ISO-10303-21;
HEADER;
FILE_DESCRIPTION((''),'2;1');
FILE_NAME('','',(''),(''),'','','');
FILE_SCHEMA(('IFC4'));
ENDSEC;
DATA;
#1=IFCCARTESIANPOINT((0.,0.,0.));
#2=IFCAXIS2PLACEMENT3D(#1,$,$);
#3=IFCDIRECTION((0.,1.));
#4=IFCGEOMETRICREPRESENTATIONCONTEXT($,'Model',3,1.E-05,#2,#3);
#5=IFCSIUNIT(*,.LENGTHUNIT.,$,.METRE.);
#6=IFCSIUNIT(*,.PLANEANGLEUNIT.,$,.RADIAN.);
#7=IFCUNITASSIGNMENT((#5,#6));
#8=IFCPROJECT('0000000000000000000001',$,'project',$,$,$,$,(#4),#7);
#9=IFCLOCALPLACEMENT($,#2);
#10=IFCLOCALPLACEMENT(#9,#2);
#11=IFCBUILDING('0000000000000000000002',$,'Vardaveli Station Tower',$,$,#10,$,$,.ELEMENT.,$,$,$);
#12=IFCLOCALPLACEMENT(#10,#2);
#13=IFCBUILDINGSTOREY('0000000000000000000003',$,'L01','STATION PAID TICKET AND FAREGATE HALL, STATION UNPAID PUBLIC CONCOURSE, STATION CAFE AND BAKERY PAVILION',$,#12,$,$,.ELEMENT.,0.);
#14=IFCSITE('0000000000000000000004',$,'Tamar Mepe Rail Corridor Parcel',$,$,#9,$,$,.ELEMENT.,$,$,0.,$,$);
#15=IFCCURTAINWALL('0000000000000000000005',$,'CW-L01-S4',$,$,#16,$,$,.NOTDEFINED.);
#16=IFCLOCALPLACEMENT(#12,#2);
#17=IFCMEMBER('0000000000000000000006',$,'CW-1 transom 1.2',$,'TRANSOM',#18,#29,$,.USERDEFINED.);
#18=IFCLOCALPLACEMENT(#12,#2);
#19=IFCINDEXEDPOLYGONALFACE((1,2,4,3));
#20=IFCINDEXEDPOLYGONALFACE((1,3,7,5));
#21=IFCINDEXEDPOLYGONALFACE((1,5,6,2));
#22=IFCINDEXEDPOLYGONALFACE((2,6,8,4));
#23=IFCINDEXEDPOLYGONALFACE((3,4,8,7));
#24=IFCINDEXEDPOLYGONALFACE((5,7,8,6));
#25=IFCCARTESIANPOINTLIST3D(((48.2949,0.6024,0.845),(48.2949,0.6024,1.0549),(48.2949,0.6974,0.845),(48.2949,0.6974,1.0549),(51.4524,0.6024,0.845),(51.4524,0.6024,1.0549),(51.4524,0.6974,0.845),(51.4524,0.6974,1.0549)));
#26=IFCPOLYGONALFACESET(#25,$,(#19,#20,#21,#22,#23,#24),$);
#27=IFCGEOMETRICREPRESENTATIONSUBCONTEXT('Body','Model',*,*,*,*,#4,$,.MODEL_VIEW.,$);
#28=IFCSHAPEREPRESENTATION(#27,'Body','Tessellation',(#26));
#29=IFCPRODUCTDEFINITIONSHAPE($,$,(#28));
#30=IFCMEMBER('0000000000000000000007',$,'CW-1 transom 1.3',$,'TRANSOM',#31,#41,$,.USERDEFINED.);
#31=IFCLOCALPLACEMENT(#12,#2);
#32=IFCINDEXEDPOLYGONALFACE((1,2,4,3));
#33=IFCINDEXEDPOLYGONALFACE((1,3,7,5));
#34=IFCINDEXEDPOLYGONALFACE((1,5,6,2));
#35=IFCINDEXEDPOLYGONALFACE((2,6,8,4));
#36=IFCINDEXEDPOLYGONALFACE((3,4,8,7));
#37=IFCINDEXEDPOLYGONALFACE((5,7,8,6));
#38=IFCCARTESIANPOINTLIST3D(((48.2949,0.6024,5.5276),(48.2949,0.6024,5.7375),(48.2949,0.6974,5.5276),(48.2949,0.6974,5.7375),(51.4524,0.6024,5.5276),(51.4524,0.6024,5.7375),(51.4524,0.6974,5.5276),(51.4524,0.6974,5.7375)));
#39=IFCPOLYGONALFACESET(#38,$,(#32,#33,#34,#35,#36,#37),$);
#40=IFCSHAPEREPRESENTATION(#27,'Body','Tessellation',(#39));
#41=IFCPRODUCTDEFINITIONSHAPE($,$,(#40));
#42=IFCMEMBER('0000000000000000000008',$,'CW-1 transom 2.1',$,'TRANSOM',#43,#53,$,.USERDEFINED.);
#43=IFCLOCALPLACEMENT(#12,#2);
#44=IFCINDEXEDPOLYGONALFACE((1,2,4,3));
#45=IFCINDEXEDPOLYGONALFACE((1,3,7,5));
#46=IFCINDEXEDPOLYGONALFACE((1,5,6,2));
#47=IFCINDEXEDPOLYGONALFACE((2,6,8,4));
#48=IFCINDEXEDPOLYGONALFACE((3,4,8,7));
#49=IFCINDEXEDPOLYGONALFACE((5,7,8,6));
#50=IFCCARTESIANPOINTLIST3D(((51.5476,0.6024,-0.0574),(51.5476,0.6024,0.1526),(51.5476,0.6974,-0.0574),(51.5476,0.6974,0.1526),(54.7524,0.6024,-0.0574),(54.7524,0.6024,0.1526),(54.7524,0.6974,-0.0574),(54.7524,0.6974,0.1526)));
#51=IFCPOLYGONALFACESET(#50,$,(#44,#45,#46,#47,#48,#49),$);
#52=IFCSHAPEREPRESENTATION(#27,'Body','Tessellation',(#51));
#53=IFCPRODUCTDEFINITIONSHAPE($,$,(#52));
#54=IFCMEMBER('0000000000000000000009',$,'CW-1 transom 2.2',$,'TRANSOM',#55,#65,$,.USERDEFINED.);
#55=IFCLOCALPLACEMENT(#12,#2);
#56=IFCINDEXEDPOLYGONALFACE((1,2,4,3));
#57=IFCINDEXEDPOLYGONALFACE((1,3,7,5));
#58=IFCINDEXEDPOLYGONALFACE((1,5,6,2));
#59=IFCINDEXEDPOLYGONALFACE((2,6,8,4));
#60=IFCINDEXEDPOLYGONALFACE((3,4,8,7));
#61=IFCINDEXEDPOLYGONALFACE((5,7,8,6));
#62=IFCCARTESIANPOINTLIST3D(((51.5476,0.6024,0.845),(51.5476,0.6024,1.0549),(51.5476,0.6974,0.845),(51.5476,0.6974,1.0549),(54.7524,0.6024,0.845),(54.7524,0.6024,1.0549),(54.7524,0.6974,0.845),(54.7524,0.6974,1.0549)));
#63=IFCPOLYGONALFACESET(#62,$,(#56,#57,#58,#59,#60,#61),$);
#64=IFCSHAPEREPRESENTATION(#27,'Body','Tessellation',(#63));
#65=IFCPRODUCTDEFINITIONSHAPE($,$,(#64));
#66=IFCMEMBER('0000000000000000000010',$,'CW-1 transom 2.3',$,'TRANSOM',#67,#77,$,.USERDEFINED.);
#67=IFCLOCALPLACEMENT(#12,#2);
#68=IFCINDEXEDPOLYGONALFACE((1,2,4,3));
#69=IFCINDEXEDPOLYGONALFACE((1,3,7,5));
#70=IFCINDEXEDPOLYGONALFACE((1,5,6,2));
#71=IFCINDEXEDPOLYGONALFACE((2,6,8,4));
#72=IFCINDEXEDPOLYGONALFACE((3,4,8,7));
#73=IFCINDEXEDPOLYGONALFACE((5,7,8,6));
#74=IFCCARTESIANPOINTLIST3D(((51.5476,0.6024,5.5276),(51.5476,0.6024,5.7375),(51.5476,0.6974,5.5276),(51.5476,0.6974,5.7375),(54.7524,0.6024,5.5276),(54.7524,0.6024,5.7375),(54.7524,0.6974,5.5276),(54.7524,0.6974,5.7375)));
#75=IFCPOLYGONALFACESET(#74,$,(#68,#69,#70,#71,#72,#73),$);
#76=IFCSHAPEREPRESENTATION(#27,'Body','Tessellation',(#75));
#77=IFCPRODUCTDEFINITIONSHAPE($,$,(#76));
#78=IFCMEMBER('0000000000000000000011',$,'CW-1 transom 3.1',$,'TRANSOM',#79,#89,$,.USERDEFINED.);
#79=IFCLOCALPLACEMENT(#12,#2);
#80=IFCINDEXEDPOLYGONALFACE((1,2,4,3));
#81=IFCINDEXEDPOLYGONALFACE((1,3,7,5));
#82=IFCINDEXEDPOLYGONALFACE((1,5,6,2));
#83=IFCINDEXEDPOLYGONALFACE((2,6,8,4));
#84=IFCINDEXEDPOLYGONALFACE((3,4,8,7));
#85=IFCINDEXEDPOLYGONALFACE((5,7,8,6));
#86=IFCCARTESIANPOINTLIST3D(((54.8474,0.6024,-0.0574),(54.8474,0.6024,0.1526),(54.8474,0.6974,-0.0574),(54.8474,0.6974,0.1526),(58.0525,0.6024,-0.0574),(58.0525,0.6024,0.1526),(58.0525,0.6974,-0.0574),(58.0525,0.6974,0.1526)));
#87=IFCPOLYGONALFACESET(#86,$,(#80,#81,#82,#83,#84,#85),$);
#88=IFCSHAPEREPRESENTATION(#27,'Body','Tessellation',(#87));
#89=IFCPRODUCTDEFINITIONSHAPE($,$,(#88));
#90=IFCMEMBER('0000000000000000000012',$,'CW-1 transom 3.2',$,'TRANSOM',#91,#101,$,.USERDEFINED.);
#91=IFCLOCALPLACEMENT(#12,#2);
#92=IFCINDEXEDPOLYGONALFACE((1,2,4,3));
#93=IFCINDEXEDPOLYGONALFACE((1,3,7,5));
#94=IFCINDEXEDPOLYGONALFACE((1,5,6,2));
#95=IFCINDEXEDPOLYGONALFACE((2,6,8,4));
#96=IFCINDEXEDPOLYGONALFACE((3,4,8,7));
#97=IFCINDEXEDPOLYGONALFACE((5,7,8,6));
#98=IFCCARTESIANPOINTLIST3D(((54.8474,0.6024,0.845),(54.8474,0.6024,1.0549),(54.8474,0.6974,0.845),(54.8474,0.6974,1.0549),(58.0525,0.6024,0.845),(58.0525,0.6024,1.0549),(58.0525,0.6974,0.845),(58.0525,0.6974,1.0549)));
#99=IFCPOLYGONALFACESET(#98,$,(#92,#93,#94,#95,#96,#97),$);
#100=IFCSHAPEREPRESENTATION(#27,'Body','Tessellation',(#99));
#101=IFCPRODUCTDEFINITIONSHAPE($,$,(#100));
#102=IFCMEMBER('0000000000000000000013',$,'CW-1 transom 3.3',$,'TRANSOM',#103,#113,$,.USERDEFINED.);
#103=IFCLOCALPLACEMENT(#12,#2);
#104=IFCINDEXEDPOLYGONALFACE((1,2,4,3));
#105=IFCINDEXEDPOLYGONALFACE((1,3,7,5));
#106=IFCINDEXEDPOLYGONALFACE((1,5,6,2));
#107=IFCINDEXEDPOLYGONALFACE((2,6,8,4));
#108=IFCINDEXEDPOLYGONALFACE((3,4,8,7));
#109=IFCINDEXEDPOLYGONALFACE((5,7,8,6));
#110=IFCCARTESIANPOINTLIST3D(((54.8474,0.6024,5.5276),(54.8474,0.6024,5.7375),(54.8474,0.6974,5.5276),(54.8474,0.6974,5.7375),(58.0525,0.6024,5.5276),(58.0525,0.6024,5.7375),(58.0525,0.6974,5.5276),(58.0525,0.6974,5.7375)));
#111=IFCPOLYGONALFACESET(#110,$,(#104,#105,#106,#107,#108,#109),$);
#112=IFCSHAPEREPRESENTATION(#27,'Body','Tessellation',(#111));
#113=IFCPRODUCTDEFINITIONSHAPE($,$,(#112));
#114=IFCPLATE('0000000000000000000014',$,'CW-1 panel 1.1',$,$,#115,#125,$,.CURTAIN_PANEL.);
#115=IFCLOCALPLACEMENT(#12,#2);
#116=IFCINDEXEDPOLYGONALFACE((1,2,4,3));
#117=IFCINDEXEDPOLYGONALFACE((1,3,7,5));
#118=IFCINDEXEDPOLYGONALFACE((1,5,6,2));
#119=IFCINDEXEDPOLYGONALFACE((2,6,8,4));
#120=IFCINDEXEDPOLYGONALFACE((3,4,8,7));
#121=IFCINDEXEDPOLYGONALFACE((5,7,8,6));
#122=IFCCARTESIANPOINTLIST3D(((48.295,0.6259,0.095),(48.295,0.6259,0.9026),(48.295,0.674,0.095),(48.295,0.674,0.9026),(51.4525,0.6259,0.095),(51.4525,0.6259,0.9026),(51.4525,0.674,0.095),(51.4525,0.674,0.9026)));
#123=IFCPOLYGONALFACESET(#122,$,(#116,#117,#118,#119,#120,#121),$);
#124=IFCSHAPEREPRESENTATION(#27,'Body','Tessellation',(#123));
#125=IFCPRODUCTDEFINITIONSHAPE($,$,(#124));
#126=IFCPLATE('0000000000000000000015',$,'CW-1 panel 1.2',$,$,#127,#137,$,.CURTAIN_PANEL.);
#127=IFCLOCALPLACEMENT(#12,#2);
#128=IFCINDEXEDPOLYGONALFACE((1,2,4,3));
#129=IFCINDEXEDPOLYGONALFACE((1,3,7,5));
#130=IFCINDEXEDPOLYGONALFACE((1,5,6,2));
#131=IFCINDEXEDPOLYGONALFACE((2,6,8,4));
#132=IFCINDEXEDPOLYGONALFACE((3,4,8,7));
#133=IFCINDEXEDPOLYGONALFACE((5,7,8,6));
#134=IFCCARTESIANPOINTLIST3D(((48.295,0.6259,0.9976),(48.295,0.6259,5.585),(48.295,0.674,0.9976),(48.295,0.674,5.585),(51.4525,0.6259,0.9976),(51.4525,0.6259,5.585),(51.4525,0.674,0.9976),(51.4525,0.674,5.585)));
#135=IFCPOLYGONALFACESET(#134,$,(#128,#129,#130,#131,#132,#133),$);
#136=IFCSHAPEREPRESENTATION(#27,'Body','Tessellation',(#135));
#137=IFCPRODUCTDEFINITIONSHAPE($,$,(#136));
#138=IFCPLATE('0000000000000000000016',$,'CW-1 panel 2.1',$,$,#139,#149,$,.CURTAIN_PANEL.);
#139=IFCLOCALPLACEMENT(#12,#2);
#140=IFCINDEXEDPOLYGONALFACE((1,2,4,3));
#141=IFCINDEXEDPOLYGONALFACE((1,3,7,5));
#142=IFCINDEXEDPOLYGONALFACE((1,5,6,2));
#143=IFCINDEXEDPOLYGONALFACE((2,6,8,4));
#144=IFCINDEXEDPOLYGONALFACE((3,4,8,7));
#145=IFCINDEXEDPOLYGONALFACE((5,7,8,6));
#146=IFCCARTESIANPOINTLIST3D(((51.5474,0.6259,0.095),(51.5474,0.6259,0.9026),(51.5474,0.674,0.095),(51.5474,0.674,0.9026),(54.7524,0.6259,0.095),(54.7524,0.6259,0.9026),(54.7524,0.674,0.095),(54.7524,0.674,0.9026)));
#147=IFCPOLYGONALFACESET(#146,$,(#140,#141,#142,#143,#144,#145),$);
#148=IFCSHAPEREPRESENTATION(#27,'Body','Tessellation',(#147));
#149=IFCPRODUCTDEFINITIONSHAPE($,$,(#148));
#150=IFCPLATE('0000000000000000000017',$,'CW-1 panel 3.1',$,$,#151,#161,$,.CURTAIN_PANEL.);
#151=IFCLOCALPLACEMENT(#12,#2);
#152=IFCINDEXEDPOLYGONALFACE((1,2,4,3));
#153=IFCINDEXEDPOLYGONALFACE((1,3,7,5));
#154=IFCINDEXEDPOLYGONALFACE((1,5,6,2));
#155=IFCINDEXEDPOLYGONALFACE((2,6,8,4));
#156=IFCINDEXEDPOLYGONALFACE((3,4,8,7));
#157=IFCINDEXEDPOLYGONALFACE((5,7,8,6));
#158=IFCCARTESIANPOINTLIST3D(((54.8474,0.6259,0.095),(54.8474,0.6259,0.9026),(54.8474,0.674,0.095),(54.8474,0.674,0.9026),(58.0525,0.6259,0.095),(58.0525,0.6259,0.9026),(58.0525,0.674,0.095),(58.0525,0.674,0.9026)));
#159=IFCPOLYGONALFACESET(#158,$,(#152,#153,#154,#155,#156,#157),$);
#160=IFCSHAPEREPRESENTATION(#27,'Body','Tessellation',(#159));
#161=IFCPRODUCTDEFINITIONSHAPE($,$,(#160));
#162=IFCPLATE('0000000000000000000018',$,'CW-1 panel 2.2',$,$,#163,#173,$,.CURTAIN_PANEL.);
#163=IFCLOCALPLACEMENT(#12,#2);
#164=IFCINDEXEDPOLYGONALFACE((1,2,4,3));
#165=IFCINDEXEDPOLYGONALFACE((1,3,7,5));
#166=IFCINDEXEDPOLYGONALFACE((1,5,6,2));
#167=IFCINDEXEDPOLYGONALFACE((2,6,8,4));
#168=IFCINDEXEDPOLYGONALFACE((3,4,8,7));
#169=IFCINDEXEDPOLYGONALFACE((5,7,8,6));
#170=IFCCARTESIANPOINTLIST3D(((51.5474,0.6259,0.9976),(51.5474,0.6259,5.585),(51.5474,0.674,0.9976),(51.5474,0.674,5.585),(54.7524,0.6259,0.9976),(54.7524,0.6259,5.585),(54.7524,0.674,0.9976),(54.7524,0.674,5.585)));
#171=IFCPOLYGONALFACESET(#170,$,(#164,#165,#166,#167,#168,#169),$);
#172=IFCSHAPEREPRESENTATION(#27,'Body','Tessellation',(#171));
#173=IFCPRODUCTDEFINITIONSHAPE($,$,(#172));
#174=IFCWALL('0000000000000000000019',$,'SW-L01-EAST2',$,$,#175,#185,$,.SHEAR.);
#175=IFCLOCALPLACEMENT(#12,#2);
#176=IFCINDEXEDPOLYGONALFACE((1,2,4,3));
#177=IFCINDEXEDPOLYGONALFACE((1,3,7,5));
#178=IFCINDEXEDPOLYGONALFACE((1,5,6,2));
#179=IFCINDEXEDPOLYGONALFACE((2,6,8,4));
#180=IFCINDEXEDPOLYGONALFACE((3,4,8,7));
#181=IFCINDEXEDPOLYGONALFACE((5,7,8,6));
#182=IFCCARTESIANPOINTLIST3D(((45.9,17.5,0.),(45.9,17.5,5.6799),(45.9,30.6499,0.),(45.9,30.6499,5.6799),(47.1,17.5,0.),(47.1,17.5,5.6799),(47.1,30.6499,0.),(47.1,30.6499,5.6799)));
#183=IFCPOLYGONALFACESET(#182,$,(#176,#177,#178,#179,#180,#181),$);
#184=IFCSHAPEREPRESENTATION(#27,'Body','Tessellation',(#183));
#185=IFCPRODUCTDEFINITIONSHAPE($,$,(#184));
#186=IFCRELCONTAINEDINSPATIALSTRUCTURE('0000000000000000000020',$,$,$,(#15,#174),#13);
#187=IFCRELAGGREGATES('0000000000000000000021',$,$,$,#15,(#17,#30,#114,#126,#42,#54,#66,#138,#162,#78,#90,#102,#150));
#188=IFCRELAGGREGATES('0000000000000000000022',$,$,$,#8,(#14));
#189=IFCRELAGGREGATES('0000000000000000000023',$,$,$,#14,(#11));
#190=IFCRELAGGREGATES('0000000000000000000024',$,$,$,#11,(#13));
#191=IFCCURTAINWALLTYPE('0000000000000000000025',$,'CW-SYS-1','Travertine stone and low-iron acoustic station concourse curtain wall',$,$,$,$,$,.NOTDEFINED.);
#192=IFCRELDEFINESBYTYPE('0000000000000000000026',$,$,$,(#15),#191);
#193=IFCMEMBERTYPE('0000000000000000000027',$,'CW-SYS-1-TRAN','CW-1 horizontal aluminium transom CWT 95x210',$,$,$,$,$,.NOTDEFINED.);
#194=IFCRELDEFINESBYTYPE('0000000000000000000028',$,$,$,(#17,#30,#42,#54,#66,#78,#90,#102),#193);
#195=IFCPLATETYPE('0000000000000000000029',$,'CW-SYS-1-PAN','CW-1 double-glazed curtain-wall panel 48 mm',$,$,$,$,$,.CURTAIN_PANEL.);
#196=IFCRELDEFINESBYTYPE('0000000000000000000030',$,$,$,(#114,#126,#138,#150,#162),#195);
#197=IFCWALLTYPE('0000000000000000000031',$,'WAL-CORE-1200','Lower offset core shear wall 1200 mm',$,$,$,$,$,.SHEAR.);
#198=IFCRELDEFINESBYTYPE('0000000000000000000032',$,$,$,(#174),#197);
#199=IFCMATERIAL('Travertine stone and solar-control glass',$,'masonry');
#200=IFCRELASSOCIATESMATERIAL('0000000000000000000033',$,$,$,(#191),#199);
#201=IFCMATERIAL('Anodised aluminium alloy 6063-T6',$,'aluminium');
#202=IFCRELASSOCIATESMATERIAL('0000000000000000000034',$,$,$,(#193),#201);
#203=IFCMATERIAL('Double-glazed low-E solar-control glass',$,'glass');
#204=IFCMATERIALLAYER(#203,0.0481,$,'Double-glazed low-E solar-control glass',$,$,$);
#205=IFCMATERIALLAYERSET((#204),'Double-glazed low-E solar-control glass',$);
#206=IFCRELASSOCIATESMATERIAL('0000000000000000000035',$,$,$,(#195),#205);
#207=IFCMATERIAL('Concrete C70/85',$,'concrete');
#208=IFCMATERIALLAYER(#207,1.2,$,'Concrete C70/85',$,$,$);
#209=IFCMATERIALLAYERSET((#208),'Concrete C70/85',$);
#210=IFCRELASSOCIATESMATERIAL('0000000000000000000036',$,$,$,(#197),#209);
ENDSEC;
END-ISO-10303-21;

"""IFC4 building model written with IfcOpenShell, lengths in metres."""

from ifc_helpers import new_model, si_unit, direction, frame, frame_2d, origin, origin_2d, place, context, subcontext, project, spatial, rectangle, extrude, source, transform, mapped, material, layer, layer_set, material_profile, profile_set, type_object, element, aggregate, save


model = new_model("IFC4")

# Units and contexts
model_context = context("Model", 3, precision=1e-05, world=origin(), true_north=direction((0.0, 1.0)))
body_context = subcontext(model_context, "Body", "Model", "MODEL_VIEW")
ifc_project = project(units=[si_unit("LENGTHUNIT", "METRE"), si_unit("PLANEANGLEUNIT", "RADIAN")], contexts=[model_context])

# Site, building, storey
site_placement = place(None, origin())
site = spatial("IfcSite", under=ifc_project, at=site_placement, Name="Tamar Mepe Rail Corridor Parcel", CompositionType="ELEMENT", RefElevation=0.0)
building_placement = place(site_placement, origin())
building = spatial("IfcBuilding", under=site, at=building_placement, Name="Vardaveli Station Tower", CompositionType="ELEMENT")
storey_placement = place(building_placement, origin())
storey = spatial("IfcBuildingStorey", under=building, at=storey_placement, Name="L01", Description="STATION PAID TICKET AND FAREGATE HALL, STATION UNPAID PUBLIC CONCOURSE, STATION CAFE AND BAKERY PAVILION", CompositionType="ELEMENT", Elevation=0.0)

# Shared definitions
ifc_material_1 = material(Name="Concrete C70/85", Category="concrete")

# Curtain wall, members, plates
ifc_material_2 = material(Name="Travertine stone and solar-control glass", Category="masonry")
curtain_wall_type = type_object("IfcCurtainWallType", Name="CW-SYS-1", Description="Travertine stone and low-iron acoustic station concourse curtain wall", PredefinedType="NOTDEFINED", material=ifc_material_2)
curtain_wall_placement = place(storey_placement, origin())
curtain_wall = element("IfcCurtainWall", 1, at=curtain_wall_placement, inside=storey, type_object=curtain_wall_type, Name="CW-L01-S4", PredefinedType="NOTDEFINED")
ifc_material_3 = material(Name="Anodised aluminium alloy 6063-T6", Category="aluminium")
ifc_material_profile_1 = material_profile(ifc_material_3, rectangle(XDim=0.095, YDim=0.21, at=origin_2d()), Name="CWT 95x210")
ifc_profile_set_1 = profile_set([ifc_material_profile_1], Name="Anodised aluminium alloy 6063-T6")
member_type_1 = type_object("IfcMemberType", Name="CW-SYS-1-TRAN", Description="CW-1 horizontal aluminium transom CWT 95x210", PredefinedType="NOTDEFINED", material=ifc_profile_set_1)
shared_shape_1 = source(origin(), body_context, "Body", "SweptSolid", [
    extrude(rectangle(XDim=0.095, YDim=0.21, at=origin_2d()), origin(), (0.0, 0.0, 1.0), 3.1575),
])
member_1_placement = place(storey_placement, frame((48.2949, 0.6499, 0.95), z_axis=(1.0, 0.0, 0.0), x_axis=(0.0, 1.0, 0.0)))
member_1 = element("IfcMember", 2, at=member_1_placement, type_object=member_type_1, Name="CW-1 transom 1.2", ObjectType="TRANSOM", PredefinedType="USERDEFINED", context=body_context, shape_type="MappedRepresentation", body=[
    mapped(shared_shape_1, transform((0.0, 0.0, 0.0), scale=1.0)),
])
member_2_placement = place(storey_placement, frame((48.2949, 0.6499, 5.6326), z_axis=(1.0, 0.0, 0.0), x_axis=(0.0, 1.0, 0.0)))
member_2 = element("IfcMember", 3, at=member_2_placement, type_object=member_type_1, Name="CW-1 transom 1.3", ObjectType="TRANSOM", PredefinedType="USERDEFINED", context=body_context, shape_type="MappedRepresentation", body=[
    mapped(shared_shape_1, transform((0.0, 0.0, 0.0), scale=1.0)),
])
shared_shape_2 = source(origin(), body_context, "Body", "SweptSolid", [
    extrude(rectangle(XDim=0.095, YDim=0.21, at=origin_2d()), origin(), (0.0, 0.0, 1.0), 3.2048),
])
member_3_placement = place(storey_placement, frame((51.5476, 0.6499, 0.0476), z_axis=(1.0, 0.0, 0.0), x_axis=(0.0, 1.0, 0.0)))
member_3 = element("IfcMember", 4, at=member_3_placement, type_object=member_type_1, Name="CW-1 transom 2.1", ObjectType="TRANSOM", PredefinedType="USERDEFINED", context=body_context, shape_type="MappedRepresentation", body=[
    mapped(shared_shape_2, transform((0.0, 0.0, 0.0), scale=1.0)),
])
member_4_placement = place(storey_placement, frame((51.5476, 0.6499, 0.95), z_axis=(1.0, 0.0, 0.0), x_axis=(0.0, 1.0, 0.0)))
member_4 = element("IfcMember", 5, at=member_4_placement, type_object=member_type_1, Name="CW-1 transom 2.2", ObjectType="TRANSOM", PredefinedType="USERDEFINED", context=body_context, shape_type="MappedRepresentation", body=[
    mapped(shared_shape_2, transform((0.0, 0.0, 0.0), scale=1.0)),
])
member_5_placement = place(storey_placement, frame((51.5476, 0.6499, 5.6326), z_axis=(1.0, 0.0, 0.0), x_axis=(0.0, 1.0, 0.0)))
member_5 = element("IfcMember", 6, at=member_5_placement, type_object=member_type_1, Name="CW-1 transom 2.3", ObjectType="TRANSOM", PredefinedType="USERDEFINED", context=body_context, shape_type="MappedRepresentation", body=[
    mapped(shared_shape_2, transform((0.0, 0.0, 0.0), scale=1.0)),
])
shared_shape_3 = source(origin(), body_context, "Body", "SweptSolid", [
    extrude(rectangle(XDim=0.095, YDim=0.21, at=origin_2d()), origin(), (0.0, 0.0, 1.0), 3.2051),
])
member_6_placement = place(storey_placement, frame((54.8474, 0.6499, 0.0476), z_axis=(1.0, 0.0, 0.0), x_axis=(0.0, 1.0, 0.0)))
member_6 = element("IfcMember", 7, at=member_6_placement, type_object=member_type_1, Name="CW-1 transom 3.1", ObjectType="TRANSOM", PredefinedType="USERDEFINED", context=body_context, shape_type="MappedRepresentation", body=[
    mapped(shared_shape_3, transform((0.0, 0.0, 0.0), scale=1.0)),
])
member_7_placement = place(storey_placement, frame((54.8474, 0.6499, 0.95), z_axis=(1.0, 0.0, 0.0), x_axis=(0.0, 1.0, 0.0)))
member_7 = element("IfcMember", 8, at=member_7_placement, type_object=member_type_1, Name="CW-1 transom 3.2", ObjectType="TRANSOM", PredefinedType="USERDEFINED", context=body_context, shape_type="MappedRepresentation", body=[
    mapped(shared_shape_3, transform((0.0, 0.0, 0.0), scale=1.0)),
])
member_8_placement = place(storey_placement, frame((54.8474, 0.6499, 5.6326), z_axis=(1.0, 0.0, 0.0), x_axis=(0.0, 1.0, 0.0)))
member_8 = element("IfcMember", 9, at=member_8_placement, type_object=member_type_1, Name="CW-1 transom 3.3", ObjectType="TRANSOM", PredefinedType="USERDEFINED", context=body_context, shape_type="MappedRepresentation", body=[
    mapped(shared_shape_3, transform((0.0, 0.0, 0.0), scale=1.0)),
])
ifc_material_4 = material(Name="Double-glazed low-E solar-control glass", Category="glass")
ifc_layer_1 = layer(ifc_material_4, 0.0481, Name="Double-glazed low-E solar-control glass")
ifc_layer_set_1 = layer_set([ifc_layer_1], Name="Double-glazed low-E solar-control glass")
plate_type = type_object("IfcPlateType", Name="CW-SYS-1-PAN", Description="CW-1 double-glazed curtain-wall panel 48 mm", PredefinedType="CURTAIN_PANEL", material=ifc_layer_set_1)
shared_shape_4 = source(origin(), body_context, "Body", "SweptSolid", [
    extrude(rectangle(XDim=3.1575, YDim=0.0481, at=origin_2d()), origin(), (0.0, 0.0, 1.0), 0.8076),
])
plate_1_placement = place(storey_placement, frame((49.8738, 0.6499, 0.095), z_axis=(0.0, 0.0, 1.0), x_axis=(1.0, 0.0, 0.0)))
plate_1 = element("IfcPlate", 10, at=plate_1_placement, type_object=plate_type, Name="CW-1 panel 1.1", PredefinedType="CURTAIN_PANEL", context=body_context, shape_type="MappedRepresentation", body=[
    mapped(shared_shape_4, transform((0.0, 0.0, 0.0), scale=1.0)),
])
shared_shape_5 = source(origin(), body_context, "Body", "SweptSolid", [
    extrude(rectangle(XDim=3.1575, YDim=0.0481, at=origin_2d()), origin(), (0.0, 0.0, 1.0), 4.5874),
])
plate_2_placement = place(storey_placement, frame((49.8738, 0.6499, 0.9976), z_axis=(0.0, 0.0, 1.0), x_axis=(1.0, 0.0, 0.0)))
plate_2 = element("IfcPlate", 11, at=plate_2_placement, type_object=plate_type, Name="CW-1 panel 1.2", PredefinedType="CURTAIN_PANEL", context=body_context, shape_type="MappedRepresentation", body=[
    mapped(shared_shape_5, transform((0.0, 0.0, 0.0), scale=1.0)),
])
shared_shape_6 = source(origin(), body_context, "Body", "SweptSolid", [
    extrude(rectangle(XDim=3.2051, YDim=0.0481, at=origin_2d()), origin(), (0.0, 0.0, 1.0), 0.8076),
])
plate_3_placement = place(storey_placement, frame((53.1499, 0.6499, 0.095), z_axis=(0.0, 0.0, 1.0), x_axis=(1.0, 0.0, 0.0)))
plate_3 = element("IfcPlate", 12, at=plate_3_placement, type_object=plate_type, Name="CW-1 panel 2.1", PredefinedType="CURTAIN_PANEL", context=body_context, shape_type="MappedRepresentation", body=[
    mapped(shared_shape_6, transform((0.0, 0.0, 0.0), scale=1.0)),
])
plate_4_placement = place(storey_placement, frame((56.45, 0.6499, 0.095), z_axis=(0.0, 0.0, 1.0), x_axis=(1.0, 0.0, 0.0)))
plate_4 = element("IfcPlate", 13, at=plate_4_placement, type_object=plate_type, Name="CW-1 panel 3.1", PredefinedType="CURTAIN_PANEL", context=body_context, shape_type="MappedRepresentation", body=[
    mapped(shared_shape_6, transform((0.0, 0.0, 0.0), scale=1.0)),
])
shared_shape_7 = source(origin(), body_context, "Body", "SweptSolid", [
    extrude(rectangle(XDim=3.2051, YDim=0.0481, at=origin_2d()), origin(), (0.0, 0.0, 1.0), 4.5874),
])
plate_5_placement = place(storey_placement, frame((53.1499, 0.6499, 0.9976), z_axis=(0.0, 0.0, 1.0), x_axis=(1.0, 0.0, 0.0)))
plate_5 = element("IfcPlate", 14, at=plate_5_placement, type_object=plate_type, Name="CW-1 panel 2.2", PredefinedType="CURTAIN_PANEL", context=body_context, shape_type="MappedRepresentation", body=[
    mapped(shared_shape_7, transform((0.0, 0.0, 0.0), scale=1.0)),
])
aggregate(curtain_wall, [member_1, member_2, plate_1, plate_2, member_3, member_4, member_5, plate_3, plate_5, member_6, member_7, member_8, plate_4])

# Wall
ifc_layer_2 = layer(ifc_material_1, 1.2, Name="Concrete C70/85")
ifc_layer_set_2 = layer_set([ifc_layer_2], Name="Concrete C70/85")
wall_type = type_object("IfcWallType", Name="WAL-CORE-1200", Description="Lower offset core shear wall 1200 mm", PredefinedType="SHEAR", material=ifc_layer_set_2)
shared_shape_8 = source(origin(), body_context, "Body", "SweptSolid", [
    extrude(rectangle(XDim=13.1499, YDim=1.2, at=frame_2d((6.575, 0.0))), origin(), (0.0, 0.0, 1.0), 5.6799),
])
wall_placement = place(storey_placement, frame((46.5, 17.5, 0.0), z_axis=(0.0, 0.0, 1.0), x_axis=(0.0, 1.0, 0.0)))
element("IfcWall", 15, at=wall_placement, inside=storey, type_object=wall_type, Name="SW-L01-EAST2", PredefinedType="SHEAR", context=body_context, shape_type="MappedRepresentation", body=[
    mapped(shared_shape_8, transform((0.0, 0.0, 0.0), scale=1.0)),
])

save(model, "model.ifc")
